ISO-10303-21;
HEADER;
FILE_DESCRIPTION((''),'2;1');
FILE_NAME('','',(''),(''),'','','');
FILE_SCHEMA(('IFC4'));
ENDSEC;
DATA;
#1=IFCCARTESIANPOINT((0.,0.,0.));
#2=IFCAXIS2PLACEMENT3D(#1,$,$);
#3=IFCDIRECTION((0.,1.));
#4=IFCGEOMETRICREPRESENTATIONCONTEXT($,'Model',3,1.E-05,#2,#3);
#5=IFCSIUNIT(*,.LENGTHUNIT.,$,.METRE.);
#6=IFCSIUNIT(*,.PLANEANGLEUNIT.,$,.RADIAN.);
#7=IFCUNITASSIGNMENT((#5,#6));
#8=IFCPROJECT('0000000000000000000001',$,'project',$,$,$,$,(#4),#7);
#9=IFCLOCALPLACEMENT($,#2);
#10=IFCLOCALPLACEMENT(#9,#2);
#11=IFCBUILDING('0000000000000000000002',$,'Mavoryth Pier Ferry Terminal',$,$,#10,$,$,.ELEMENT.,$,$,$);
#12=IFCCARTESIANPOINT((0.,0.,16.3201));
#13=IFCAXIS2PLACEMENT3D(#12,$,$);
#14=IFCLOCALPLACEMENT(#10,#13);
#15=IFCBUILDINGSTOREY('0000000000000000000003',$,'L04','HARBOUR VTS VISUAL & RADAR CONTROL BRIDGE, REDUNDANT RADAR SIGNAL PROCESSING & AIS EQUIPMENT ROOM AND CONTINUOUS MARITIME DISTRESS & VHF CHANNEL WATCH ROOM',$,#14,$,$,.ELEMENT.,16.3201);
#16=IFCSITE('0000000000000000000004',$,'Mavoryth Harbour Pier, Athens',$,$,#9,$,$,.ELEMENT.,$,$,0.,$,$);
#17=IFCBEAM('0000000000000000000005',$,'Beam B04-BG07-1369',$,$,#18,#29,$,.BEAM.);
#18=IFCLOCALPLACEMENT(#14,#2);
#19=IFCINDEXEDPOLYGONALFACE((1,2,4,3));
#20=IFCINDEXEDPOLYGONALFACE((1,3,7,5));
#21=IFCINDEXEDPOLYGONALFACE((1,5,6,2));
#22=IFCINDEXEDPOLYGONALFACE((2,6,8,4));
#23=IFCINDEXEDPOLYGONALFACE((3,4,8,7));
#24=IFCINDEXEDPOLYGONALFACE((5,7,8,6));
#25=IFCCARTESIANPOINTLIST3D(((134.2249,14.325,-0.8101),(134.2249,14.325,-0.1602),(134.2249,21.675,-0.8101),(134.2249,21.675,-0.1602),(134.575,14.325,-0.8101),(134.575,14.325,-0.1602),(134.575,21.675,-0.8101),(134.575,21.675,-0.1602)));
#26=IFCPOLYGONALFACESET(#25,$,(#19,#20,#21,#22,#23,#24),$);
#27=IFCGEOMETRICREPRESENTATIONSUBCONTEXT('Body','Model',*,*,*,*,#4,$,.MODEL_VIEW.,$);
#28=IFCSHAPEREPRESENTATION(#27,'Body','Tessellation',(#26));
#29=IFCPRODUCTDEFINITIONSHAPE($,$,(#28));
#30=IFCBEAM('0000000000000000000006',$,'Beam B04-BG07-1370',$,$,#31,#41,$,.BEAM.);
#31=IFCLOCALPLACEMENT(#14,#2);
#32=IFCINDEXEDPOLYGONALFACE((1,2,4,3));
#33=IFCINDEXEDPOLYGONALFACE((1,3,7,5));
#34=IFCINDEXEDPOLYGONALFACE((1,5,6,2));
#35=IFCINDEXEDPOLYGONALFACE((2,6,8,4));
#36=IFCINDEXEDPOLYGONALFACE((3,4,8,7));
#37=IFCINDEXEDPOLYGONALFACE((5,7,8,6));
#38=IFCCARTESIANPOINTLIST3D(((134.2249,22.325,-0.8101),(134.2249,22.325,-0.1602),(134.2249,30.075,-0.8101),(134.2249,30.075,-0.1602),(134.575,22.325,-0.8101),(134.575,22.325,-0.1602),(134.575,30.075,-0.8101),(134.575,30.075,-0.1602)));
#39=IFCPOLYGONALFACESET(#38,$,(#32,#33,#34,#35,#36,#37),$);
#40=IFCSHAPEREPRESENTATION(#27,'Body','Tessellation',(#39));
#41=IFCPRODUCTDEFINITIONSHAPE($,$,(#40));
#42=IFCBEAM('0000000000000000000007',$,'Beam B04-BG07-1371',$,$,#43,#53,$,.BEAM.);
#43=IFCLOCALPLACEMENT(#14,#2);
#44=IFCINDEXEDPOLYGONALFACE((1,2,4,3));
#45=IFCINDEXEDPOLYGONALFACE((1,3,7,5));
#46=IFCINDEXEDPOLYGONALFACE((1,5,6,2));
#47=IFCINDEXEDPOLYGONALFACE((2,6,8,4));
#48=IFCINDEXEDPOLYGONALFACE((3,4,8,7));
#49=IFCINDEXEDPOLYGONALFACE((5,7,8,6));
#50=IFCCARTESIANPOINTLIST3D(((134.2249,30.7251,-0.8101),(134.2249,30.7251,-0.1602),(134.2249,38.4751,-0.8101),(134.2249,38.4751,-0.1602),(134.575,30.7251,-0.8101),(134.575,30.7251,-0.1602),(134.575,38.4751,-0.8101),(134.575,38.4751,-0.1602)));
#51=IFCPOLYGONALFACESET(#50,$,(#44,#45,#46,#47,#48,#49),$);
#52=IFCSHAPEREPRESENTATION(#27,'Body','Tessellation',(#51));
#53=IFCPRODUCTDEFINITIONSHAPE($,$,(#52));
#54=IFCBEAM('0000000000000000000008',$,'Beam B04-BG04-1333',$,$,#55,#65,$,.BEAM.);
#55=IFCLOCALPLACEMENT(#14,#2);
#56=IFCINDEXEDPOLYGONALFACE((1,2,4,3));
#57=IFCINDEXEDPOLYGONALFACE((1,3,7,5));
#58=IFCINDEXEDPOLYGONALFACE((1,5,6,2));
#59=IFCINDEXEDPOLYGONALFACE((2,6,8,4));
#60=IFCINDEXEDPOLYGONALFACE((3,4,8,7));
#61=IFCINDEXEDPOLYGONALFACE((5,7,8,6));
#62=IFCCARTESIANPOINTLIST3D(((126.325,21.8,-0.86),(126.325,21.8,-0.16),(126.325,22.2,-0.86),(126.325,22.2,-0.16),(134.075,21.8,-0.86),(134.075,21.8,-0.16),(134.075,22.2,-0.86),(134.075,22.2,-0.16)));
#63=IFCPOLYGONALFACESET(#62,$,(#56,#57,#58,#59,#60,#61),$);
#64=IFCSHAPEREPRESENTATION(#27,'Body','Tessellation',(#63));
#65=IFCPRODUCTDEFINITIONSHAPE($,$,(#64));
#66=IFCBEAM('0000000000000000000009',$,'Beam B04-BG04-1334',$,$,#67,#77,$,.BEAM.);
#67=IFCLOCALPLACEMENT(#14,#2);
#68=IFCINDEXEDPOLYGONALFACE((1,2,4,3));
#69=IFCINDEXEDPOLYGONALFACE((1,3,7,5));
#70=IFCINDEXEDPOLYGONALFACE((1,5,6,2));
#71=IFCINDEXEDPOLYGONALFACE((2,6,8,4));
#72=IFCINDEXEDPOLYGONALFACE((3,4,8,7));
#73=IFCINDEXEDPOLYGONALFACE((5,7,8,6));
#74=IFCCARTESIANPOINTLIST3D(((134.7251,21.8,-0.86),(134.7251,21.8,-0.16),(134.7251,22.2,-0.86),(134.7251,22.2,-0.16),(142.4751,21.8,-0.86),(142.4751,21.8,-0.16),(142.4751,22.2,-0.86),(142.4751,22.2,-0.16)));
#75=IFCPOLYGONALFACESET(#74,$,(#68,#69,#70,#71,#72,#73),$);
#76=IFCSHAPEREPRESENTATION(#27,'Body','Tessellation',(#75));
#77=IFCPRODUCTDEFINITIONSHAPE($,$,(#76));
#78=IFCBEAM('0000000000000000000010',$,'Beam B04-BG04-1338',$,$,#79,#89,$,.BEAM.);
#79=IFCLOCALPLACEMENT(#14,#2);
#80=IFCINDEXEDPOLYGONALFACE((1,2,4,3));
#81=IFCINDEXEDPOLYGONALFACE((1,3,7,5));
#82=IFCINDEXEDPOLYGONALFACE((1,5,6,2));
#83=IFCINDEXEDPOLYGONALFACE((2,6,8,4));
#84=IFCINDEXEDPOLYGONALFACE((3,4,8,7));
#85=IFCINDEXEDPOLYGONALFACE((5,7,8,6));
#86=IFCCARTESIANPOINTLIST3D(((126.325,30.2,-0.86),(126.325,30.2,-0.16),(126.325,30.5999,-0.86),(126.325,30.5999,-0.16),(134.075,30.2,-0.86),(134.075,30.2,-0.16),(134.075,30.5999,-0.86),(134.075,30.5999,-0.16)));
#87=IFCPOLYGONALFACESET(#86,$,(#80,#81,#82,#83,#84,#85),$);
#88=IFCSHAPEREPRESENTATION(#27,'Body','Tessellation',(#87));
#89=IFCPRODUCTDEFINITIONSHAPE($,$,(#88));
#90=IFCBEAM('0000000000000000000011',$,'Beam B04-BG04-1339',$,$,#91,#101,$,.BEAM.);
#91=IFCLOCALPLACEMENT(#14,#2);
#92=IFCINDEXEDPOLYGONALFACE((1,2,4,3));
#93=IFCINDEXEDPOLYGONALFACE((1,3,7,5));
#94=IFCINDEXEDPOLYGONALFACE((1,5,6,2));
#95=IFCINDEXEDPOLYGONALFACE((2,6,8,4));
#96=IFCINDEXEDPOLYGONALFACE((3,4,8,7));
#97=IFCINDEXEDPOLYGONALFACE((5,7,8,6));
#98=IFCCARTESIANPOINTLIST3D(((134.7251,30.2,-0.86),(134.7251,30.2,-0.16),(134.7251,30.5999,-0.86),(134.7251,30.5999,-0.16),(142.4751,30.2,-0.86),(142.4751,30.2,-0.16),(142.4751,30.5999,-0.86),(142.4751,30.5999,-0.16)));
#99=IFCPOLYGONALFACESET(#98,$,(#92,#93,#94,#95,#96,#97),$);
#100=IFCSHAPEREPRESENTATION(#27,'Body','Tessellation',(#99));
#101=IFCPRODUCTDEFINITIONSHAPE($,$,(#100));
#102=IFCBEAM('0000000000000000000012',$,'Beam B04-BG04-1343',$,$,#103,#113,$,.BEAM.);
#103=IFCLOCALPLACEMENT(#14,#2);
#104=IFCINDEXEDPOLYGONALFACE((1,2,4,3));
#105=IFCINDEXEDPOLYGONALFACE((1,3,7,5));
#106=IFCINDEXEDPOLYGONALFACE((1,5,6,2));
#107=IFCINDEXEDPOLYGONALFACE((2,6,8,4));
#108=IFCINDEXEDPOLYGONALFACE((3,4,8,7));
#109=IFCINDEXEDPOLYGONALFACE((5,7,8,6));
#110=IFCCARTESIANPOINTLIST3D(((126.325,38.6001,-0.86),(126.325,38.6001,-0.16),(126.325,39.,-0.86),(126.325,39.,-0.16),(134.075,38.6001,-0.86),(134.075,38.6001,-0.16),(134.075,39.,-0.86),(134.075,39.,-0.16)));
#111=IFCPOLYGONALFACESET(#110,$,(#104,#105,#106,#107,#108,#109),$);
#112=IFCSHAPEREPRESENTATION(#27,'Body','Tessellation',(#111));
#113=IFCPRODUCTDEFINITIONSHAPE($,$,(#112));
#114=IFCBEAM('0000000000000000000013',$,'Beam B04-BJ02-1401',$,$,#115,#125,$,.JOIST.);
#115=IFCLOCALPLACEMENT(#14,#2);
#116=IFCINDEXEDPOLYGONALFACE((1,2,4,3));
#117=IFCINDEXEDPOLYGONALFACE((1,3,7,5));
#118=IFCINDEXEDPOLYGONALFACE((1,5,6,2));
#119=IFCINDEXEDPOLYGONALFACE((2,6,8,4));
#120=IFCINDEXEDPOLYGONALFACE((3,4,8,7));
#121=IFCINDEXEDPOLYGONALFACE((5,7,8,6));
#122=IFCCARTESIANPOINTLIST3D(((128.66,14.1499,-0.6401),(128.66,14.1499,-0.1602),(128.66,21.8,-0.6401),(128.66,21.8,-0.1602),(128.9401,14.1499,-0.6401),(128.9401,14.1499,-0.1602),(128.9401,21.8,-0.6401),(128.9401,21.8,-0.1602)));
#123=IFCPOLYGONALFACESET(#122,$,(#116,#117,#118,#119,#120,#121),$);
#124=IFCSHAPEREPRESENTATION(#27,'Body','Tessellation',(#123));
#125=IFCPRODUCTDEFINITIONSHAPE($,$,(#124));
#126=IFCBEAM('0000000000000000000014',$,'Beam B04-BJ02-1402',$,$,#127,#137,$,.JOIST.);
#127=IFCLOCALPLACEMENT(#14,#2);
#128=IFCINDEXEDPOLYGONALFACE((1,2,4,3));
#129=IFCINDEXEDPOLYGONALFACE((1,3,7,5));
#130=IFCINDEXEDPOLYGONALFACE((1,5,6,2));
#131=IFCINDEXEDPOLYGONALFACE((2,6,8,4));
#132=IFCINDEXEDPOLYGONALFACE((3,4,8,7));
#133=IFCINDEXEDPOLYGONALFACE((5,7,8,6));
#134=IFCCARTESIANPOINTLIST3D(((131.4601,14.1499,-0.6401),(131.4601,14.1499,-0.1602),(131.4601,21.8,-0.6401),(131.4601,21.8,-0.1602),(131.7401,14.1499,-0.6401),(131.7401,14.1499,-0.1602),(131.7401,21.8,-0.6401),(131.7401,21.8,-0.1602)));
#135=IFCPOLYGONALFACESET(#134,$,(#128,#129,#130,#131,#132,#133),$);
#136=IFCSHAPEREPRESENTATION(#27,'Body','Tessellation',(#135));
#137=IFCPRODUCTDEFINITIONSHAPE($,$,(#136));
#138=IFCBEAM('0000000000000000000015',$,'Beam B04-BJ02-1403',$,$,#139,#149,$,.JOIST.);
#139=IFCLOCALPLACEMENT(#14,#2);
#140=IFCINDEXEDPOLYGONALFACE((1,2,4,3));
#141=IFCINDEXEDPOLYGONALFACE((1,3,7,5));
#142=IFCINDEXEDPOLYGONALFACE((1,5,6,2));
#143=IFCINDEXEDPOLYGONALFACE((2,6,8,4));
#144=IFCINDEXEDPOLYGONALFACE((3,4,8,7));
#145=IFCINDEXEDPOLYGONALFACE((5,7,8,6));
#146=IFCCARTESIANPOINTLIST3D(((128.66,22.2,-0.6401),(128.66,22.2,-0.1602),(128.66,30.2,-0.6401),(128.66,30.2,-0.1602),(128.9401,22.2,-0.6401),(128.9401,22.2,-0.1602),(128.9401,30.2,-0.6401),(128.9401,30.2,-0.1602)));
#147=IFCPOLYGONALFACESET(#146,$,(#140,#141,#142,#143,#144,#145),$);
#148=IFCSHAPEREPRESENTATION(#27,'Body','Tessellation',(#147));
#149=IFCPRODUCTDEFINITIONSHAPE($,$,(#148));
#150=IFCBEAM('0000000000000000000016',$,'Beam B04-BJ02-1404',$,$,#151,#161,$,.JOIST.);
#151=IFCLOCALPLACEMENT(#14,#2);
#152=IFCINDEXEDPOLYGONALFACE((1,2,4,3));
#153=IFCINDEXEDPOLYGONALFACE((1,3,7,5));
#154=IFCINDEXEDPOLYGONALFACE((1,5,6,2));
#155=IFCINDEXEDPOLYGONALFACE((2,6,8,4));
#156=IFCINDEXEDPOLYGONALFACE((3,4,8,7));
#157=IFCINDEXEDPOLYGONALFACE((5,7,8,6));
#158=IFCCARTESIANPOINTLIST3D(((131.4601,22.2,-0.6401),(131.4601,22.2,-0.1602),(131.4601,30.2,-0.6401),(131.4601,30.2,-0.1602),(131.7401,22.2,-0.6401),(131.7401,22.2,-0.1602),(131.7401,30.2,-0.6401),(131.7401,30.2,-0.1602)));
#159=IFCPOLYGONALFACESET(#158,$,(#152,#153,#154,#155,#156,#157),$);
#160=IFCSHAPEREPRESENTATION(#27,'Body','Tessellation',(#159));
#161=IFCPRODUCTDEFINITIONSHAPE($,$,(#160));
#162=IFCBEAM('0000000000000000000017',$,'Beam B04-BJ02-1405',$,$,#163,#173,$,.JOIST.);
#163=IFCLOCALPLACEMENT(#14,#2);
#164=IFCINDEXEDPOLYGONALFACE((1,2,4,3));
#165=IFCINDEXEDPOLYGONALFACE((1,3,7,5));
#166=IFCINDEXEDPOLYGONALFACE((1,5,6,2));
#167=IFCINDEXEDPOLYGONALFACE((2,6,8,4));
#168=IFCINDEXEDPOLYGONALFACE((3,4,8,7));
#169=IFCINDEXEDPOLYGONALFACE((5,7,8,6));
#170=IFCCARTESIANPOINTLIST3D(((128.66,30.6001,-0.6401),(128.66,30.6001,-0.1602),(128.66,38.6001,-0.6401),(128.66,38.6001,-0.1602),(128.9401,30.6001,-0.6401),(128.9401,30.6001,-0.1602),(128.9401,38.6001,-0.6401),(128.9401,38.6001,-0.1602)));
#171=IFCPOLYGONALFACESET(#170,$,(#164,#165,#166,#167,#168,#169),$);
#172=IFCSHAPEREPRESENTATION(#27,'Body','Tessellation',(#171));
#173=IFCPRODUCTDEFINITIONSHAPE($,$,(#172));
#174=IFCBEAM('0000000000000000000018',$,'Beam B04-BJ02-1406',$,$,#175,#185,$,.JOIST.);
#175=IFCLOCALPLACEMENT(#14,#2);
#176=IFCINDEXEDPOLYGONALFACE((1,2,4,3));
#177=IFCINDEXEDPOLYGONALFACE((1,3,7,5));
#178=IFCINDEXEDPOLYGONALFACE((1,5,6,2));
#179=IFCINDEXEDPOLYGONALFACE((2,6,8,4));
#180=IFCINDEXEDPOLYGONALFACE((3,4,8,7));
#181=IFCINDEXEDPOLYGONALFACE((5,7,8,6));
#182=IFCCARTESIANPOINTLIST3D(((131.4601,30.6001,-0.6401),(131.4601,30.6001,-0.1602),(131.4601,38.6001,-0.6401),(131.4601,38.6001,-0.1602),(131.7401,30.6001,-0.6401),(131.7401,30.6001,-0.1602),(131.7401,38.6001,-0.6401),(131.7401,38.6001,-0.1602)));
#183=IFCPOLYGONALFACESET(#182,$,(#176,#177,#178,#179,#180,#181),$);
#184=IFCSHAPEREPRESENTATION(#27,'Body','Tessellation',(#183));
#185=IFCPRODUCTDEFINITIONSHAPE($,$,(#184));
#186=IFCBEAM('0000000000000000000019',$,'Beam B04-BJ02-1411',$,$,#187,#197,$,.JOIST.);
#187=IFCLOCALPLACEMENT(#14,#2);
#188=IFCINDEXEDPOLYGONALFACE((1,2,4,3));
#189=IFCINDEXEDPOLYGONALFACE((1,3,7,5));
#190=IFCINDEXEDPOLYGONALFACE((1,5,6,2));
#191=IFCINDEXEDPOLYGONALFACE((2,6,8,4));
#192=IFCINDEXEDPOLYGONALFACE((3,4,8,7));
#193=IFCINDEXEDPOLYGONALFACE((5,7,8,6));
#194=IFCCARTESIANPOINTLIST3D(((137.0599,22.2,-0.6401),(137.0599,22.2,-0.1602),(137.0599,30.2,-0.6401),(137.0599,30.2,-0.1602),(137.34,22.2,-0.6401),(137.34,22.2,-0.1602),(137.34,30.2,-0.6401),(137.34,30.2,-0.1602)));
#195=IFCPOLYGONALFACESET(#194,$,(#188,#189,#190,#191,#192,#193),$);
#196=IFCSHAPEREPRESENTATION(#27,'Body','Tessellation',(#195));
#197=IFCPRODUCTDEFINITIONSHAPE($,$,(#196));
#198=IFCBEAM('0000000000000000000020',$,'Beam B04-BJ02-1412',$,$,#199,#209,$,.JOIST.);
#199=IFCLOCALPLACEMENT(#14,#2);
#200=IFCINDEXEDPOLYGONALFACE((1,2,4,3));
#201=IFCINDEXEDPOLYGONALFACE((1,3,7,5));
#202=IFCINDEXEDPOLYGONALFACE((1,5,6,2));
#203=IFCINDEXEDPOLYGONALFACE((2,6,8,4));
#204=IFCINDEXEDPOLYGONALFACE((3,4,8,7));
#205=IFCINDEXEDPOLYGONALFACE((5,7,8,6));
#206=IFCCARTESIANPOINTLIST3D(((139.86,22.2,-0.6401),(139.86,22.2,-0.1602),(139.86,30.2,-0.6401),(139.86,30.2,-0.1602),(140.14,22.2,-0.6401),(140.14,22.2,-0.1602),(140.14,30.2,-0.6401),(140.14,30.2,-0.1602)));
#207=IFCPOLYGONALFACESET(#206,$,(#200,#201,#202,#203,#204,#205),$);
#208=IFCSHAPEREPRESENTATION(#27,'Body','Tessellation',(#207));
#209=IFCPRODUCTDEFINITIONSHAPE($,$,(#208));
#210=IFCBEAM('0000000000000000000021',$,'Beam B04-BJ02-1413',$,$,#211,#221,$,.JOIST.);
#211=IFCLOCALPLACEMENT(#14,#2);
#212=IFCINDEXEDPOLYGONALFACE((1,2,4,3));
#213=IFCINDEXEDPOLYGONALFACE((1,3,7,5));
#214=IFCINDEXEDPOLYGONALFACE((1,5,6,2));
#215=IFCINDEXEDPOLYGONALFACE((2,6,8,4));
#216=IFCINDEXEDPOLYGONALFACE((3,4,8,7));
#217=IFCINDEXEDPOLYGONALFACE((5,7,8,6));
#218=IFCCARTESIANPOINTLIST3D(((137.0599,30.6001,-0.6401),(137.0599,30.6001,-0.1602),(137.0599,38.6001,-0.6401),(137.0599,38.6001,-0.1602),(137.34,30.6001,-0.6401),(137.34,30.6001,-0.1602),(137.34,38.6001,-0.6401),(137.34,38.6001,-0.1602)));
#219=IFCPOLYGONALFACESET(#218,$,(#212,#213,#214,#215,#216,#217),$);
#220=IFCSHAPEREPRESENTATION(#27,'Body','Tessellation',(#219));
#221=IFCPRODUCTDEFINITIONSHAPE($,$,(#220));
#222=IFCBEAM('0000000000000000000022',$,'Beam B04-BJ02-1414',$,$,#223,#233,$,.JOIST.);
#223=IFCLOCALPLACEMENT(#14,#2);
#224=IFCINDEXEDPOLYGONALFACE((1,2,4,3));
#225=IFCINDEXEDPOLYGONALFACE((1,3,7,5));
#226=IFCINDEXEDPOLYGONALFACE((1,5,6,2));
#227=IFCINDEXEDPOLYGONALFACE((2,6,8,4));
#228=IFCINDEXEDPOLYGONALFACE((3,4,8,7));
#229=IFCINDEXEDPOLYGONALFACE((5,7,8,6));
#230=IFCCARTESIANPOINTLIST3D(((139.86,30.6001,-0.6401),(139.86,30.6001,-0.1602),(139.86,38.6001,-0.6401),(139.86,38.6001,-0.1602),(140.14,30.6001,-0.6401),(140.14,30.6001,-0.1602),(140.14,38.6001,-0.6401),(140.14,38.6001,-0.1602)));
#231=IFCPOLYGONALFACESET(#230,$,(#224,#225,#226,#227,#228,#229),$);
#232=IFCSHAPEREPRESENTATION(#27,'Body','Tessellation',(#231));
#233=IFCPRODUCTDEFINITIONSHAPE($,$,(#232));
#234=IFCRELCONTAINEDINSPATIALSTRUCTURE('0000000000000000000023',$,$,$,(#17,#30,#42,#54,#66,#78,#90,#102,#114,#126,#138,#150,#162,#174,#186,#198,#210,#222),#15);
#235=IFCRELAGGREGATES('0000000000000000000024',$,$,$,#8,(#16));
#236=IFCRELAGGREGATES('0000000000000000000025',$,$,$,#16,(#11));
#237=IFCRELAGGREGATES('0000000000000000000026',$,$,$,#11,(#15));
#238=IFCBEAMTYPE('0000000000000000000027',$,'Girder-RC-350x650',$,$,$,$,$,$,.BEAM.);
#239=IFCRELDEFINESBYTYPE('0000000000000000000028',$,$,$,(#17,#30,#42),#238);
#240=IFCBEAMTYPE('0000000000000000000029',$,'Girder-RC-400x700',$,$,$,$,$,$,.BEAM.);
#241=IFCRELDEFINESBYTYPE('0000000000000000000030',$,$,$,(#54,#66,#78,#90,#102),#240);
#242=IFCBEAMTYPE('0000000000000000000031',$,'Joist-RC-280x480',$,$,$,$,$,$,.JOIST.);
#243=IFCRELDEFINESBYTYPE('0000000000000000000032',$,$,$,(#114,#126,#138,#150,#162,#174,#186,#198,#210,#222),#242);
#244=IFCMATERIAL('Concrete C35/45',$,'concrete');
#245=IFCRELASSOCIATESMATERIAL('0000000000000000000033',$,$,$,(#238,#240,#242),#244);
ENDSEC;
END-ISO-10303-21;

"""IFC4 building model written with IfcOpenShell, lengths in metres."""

from ifc_helpers import new_model, si_unit, direction, frame, origin, origin_2d, place, context, subcontext, project, spatial, rectangle, extrude, material, material_profile, profile_set, type_object, element, save


model = new_model("IFC4")

# Units and contexts
model_context = context("Model", 3, precision=1e-05, world=origin(), true_north=direction((0.0, 1.0)))
body_context = subcontext(model_context, "Body", "Model", "MODEL_VIEW")
ifc_project = project(units=[si_unit("LENGTHUNIT", "METRE"), si_unit("PLANEANGLEUNIT", "RADIAN")], contexts=[model_context])

# Site, building, storey
site_placement = place(None, origin())
site = spatial("IfcSite", under=ifc_project, at=site_placement, Name="Mavoryth Harbour Pier, Athens", CompositionType="ELEMENT", RefElevation=0.0)
building_placement = place(site_placement, origin())
building = spatial("IfcBuilding", under=site, at=building_placement, Name="Mavoryth Pier Ferry Terminal", CompositionType="ELEMENT")
storey_placement = place(building_placement, frame((0.0, 0.0, 16.3201)))
storey = spatial("IfcBuildingStorey", under=building, at=storey_placement, Name="L04", Description="HARBOUR VTS VISUAL & RADAR CONTROL BRIDGE, REDUNDANT RADAR SIGNAL PROCESSING & AIS EQUIPMENT ROOM AND CONTINUOUS MARITIME DISTRESS & VHF CHANNEL WATCH ROOM", CompositionType="ELEMENT", Elevation=16.3201)

# Beams
ifc_material = material(Name="Concrete C35/45", Category="concrete")
ifc_material_profile_1 = material_profile(ifc_material, rectangle(XDim=0.3501, YDim=0.6499, at=origin_2d()), Name="RC 350x650", Category="concrete")
ifc_profile_set_1 = profile_set([ifc_material_profile_1], Name="Concrete C35/45 - RC 350x650")
beam_type_1 = type_object("IfcBeamType", Name="Girder-RC-350x650", PredefinedType="BEAM", material=ifc_profile_set_1)
beam_placement = place(storey_placement, frame((134.3999, 14.325, -0.4851), z_axis=(0.0, 1.0, 0.0), x_axis=(-1.0, 0.0, 0.0)))
element("IfcBeam", 1, at=beam_placement, inside=storey, type_object=beam_type_1, Name="Beam B04-BG07-1369", PredefinedType="BEAM", context=body_context, shape_type="SweptSolid", body=[
    extrude(rectangle(XDim=0.3501, YDim=0.6499, at=origin_2d()), origin(), (0.0, 0.0, 1.0), 7.3501),
])
for number, where, z_axis, x_axis, name in (
    (2, (134.3999, 22.325, -0.4851), (0.0, 1.0, 0.0), (-1.0, 0.0, 0.0), "Beam B04-BG07-1370"),
    (3, (134.3999, 30.7251, -0.4851), (0.0, 1.0, 0.0), (-1.0, 0.0, 0.0), "Beam B04-BG07-1371"),
):
    element("IfcBeam", number, at=place(storey_placement, frame(where, z_axis=z_axis, x_axis=x_axis)), inside=storey, type_object=beam_type_1, Name=name, PredefinedType="BEAM", context=body_context, shape_type="SweptSolid", body=[
        extrude(rectangle(XDim=0.3501, YDim=0.6499, at=origin_2d()), origin(), (0.0, 0.0, 1.0), 7.75),
    ])
ifc_material_profile_2 = material_profile(ifc_material, rectangle(XDim=0.3999, YDim=0.7, at=origin_2d()), Name="RC 400x700", Category="concrete")
ifc_profile_set_2 = profile_set([ifc_material_profile_2], Name="Concrete C35/45 - RC 400x700")
beam_type_2 = type_object("IfcBeamType", Name="Girder-RC-400x700", PredefinedType="BEAM", material=ifc_profile_set_2)
for number, where, z_axis, x_axis, name in (
    (4, (126.325, 22.0, -0.51), (1.0, 0.0, 0.0), (0.0, 1.0, 0.0), "Beam B04-BG04-1333"),
    (5, (134.7251, 22.0, -0.51), (1.0, 0.0, 0.0), (0.0, 1.0, 0.0), "Beam B04-BG04-1334"),
    (6, (126.325, 30.3999, -0.51), (1.0, 0.0, 0.0), (0.0, 1.0, 0.0), "Beam B04-BG04-1338"),
    (7, (134.7251, 30.3999, -0.51), (1.0, 0.0, 0.0), (0.0, 1.0, 0.0), "Beam B04-BG04-1339"),
    (8, (126.325, 38.8, -0.51), (1.0, 0.0, 0.0), (0.0, 1.0, 0.0), "Beam B04-BG04-1343"),
):
    element("IfcBeam", number, at=place(storey_placement, frame(where, z_axis=z_axis, x_axis=x_axis)), inside=storey, type_object=beam_type_2, Name=name, PredefinedType="BEAM", context=body_context, shape_type="SweptSolid", body=[
        extrude(rectangle(XDim=0.3999, YDim=0.7, at=origin_2d()), origin(), (0.0, 0.0, 1.0), 7.75),
    ])
ifc_material_profile_3 = material_profile(ifc_material, rectangle(XDim=0.28, YDim=0.48, at=origin_2d()), Name="RC 280x480", Category="concrete")
ifc_profile_set_3 = profile_set([ifc_material_profile_3], Name="Concrete C35/45 - RC 280x480")
beam_type_3 = type_object("IfcBeamType", Name="Joist-RC-280x480", PredefinedType="JOIST", material=ifc_profile_set_3)
for number, where, z_axis, x_axis, name in (
    (9, (128.8, 14.1499, -0.4001), (0.0, 1.0, 0.0), (-1.0, 0.0, 0.0), "Beam B04-BJ02-1401"),
    (10, (131.6001, 14.1499, -0.4001), (0.0, 1.0, 0.0), (-1.0, 0.0, 0.0), "Beam B04-BJ02-1402"),
):
    element("IfcBeam", number, at=place(storey_placement, frame(where, z_axis=z_axis, x_axis=x_axis)), inside=storey, type_object=beam_type_3, Name=name, PredefinedType="JOIST", context=body_context, shape_type="SweptSolid", body=[
        extrude(rectangle(XDim=0.28, YDim=0.48, at=origin_2d()), origin(), (0.0, 0.0, 1.0), 7.6501),
    ])
for number, where, z_axis, x_axis, name in (
    (11, (128.8, 22.2, -0.4001), (0.0, 1.0, 0.0), (-1.0, 0.0, 0.0), "Beam B04-BJ02-1403"),
    (12, (131.6001, 22.2, -0.4001), (0.0, 1.0, 0.0), (-1.0, 0.0, 0.0), "Beam B04-BJ02-1404"),
    (13, (128.8, 30.6001, -0.4001), (0.0, 1.0, 0.0), (-1.0, 0.0, 0.0), "Beam B04-BJ02-1405"),
    (14, (131.6001, 30.6001, -0.4001), (0.0, 1.0, 0.0), (-1.0, 0.0, 0.0), "Beam B04-BJ02-1406"),
    (15, (137.2, 22.2, -0.4001), (0.0, 1.0, 0.0), (-1.0, 0.0, 0.0), "Beam B04-BJ02-1411"),
    (16, (140.0, 22.2, -0.4001), (0.0, 1.0, 0.0), (-1.0, 0.0, 0.0), "Beam B04-BJ02-1412"),
    (17, (137.2, 30.6001, -0.4001), (0.0, 1.0, 0.0), (-1.0, 0.0, 0.0), "Beam B04-BJ02-1413"),
    (18, (140.0, 30.6001, -0.4001), (0.0, 1.0, 0.0), (-1.0, 0.0, 0.0), "Beam B04-BJ02-1414"),
):
    element("IfcBeam", number, at=place(storey_placement, frame(where, z_axis=z_axis, x_axis=x_axis)), inside=storey, type_object=beam_type_3, Name=name, PredefinedType="JOIST", context=body_context, shape_type="SweptSolid", body=[
        extrude(rectangle(XDim=0.28, YDim=0.48, at=origin_2d()), origin(), (0.0, 0.0, 1.0), 8.0),
    ])

save(model, "model.ifc")
